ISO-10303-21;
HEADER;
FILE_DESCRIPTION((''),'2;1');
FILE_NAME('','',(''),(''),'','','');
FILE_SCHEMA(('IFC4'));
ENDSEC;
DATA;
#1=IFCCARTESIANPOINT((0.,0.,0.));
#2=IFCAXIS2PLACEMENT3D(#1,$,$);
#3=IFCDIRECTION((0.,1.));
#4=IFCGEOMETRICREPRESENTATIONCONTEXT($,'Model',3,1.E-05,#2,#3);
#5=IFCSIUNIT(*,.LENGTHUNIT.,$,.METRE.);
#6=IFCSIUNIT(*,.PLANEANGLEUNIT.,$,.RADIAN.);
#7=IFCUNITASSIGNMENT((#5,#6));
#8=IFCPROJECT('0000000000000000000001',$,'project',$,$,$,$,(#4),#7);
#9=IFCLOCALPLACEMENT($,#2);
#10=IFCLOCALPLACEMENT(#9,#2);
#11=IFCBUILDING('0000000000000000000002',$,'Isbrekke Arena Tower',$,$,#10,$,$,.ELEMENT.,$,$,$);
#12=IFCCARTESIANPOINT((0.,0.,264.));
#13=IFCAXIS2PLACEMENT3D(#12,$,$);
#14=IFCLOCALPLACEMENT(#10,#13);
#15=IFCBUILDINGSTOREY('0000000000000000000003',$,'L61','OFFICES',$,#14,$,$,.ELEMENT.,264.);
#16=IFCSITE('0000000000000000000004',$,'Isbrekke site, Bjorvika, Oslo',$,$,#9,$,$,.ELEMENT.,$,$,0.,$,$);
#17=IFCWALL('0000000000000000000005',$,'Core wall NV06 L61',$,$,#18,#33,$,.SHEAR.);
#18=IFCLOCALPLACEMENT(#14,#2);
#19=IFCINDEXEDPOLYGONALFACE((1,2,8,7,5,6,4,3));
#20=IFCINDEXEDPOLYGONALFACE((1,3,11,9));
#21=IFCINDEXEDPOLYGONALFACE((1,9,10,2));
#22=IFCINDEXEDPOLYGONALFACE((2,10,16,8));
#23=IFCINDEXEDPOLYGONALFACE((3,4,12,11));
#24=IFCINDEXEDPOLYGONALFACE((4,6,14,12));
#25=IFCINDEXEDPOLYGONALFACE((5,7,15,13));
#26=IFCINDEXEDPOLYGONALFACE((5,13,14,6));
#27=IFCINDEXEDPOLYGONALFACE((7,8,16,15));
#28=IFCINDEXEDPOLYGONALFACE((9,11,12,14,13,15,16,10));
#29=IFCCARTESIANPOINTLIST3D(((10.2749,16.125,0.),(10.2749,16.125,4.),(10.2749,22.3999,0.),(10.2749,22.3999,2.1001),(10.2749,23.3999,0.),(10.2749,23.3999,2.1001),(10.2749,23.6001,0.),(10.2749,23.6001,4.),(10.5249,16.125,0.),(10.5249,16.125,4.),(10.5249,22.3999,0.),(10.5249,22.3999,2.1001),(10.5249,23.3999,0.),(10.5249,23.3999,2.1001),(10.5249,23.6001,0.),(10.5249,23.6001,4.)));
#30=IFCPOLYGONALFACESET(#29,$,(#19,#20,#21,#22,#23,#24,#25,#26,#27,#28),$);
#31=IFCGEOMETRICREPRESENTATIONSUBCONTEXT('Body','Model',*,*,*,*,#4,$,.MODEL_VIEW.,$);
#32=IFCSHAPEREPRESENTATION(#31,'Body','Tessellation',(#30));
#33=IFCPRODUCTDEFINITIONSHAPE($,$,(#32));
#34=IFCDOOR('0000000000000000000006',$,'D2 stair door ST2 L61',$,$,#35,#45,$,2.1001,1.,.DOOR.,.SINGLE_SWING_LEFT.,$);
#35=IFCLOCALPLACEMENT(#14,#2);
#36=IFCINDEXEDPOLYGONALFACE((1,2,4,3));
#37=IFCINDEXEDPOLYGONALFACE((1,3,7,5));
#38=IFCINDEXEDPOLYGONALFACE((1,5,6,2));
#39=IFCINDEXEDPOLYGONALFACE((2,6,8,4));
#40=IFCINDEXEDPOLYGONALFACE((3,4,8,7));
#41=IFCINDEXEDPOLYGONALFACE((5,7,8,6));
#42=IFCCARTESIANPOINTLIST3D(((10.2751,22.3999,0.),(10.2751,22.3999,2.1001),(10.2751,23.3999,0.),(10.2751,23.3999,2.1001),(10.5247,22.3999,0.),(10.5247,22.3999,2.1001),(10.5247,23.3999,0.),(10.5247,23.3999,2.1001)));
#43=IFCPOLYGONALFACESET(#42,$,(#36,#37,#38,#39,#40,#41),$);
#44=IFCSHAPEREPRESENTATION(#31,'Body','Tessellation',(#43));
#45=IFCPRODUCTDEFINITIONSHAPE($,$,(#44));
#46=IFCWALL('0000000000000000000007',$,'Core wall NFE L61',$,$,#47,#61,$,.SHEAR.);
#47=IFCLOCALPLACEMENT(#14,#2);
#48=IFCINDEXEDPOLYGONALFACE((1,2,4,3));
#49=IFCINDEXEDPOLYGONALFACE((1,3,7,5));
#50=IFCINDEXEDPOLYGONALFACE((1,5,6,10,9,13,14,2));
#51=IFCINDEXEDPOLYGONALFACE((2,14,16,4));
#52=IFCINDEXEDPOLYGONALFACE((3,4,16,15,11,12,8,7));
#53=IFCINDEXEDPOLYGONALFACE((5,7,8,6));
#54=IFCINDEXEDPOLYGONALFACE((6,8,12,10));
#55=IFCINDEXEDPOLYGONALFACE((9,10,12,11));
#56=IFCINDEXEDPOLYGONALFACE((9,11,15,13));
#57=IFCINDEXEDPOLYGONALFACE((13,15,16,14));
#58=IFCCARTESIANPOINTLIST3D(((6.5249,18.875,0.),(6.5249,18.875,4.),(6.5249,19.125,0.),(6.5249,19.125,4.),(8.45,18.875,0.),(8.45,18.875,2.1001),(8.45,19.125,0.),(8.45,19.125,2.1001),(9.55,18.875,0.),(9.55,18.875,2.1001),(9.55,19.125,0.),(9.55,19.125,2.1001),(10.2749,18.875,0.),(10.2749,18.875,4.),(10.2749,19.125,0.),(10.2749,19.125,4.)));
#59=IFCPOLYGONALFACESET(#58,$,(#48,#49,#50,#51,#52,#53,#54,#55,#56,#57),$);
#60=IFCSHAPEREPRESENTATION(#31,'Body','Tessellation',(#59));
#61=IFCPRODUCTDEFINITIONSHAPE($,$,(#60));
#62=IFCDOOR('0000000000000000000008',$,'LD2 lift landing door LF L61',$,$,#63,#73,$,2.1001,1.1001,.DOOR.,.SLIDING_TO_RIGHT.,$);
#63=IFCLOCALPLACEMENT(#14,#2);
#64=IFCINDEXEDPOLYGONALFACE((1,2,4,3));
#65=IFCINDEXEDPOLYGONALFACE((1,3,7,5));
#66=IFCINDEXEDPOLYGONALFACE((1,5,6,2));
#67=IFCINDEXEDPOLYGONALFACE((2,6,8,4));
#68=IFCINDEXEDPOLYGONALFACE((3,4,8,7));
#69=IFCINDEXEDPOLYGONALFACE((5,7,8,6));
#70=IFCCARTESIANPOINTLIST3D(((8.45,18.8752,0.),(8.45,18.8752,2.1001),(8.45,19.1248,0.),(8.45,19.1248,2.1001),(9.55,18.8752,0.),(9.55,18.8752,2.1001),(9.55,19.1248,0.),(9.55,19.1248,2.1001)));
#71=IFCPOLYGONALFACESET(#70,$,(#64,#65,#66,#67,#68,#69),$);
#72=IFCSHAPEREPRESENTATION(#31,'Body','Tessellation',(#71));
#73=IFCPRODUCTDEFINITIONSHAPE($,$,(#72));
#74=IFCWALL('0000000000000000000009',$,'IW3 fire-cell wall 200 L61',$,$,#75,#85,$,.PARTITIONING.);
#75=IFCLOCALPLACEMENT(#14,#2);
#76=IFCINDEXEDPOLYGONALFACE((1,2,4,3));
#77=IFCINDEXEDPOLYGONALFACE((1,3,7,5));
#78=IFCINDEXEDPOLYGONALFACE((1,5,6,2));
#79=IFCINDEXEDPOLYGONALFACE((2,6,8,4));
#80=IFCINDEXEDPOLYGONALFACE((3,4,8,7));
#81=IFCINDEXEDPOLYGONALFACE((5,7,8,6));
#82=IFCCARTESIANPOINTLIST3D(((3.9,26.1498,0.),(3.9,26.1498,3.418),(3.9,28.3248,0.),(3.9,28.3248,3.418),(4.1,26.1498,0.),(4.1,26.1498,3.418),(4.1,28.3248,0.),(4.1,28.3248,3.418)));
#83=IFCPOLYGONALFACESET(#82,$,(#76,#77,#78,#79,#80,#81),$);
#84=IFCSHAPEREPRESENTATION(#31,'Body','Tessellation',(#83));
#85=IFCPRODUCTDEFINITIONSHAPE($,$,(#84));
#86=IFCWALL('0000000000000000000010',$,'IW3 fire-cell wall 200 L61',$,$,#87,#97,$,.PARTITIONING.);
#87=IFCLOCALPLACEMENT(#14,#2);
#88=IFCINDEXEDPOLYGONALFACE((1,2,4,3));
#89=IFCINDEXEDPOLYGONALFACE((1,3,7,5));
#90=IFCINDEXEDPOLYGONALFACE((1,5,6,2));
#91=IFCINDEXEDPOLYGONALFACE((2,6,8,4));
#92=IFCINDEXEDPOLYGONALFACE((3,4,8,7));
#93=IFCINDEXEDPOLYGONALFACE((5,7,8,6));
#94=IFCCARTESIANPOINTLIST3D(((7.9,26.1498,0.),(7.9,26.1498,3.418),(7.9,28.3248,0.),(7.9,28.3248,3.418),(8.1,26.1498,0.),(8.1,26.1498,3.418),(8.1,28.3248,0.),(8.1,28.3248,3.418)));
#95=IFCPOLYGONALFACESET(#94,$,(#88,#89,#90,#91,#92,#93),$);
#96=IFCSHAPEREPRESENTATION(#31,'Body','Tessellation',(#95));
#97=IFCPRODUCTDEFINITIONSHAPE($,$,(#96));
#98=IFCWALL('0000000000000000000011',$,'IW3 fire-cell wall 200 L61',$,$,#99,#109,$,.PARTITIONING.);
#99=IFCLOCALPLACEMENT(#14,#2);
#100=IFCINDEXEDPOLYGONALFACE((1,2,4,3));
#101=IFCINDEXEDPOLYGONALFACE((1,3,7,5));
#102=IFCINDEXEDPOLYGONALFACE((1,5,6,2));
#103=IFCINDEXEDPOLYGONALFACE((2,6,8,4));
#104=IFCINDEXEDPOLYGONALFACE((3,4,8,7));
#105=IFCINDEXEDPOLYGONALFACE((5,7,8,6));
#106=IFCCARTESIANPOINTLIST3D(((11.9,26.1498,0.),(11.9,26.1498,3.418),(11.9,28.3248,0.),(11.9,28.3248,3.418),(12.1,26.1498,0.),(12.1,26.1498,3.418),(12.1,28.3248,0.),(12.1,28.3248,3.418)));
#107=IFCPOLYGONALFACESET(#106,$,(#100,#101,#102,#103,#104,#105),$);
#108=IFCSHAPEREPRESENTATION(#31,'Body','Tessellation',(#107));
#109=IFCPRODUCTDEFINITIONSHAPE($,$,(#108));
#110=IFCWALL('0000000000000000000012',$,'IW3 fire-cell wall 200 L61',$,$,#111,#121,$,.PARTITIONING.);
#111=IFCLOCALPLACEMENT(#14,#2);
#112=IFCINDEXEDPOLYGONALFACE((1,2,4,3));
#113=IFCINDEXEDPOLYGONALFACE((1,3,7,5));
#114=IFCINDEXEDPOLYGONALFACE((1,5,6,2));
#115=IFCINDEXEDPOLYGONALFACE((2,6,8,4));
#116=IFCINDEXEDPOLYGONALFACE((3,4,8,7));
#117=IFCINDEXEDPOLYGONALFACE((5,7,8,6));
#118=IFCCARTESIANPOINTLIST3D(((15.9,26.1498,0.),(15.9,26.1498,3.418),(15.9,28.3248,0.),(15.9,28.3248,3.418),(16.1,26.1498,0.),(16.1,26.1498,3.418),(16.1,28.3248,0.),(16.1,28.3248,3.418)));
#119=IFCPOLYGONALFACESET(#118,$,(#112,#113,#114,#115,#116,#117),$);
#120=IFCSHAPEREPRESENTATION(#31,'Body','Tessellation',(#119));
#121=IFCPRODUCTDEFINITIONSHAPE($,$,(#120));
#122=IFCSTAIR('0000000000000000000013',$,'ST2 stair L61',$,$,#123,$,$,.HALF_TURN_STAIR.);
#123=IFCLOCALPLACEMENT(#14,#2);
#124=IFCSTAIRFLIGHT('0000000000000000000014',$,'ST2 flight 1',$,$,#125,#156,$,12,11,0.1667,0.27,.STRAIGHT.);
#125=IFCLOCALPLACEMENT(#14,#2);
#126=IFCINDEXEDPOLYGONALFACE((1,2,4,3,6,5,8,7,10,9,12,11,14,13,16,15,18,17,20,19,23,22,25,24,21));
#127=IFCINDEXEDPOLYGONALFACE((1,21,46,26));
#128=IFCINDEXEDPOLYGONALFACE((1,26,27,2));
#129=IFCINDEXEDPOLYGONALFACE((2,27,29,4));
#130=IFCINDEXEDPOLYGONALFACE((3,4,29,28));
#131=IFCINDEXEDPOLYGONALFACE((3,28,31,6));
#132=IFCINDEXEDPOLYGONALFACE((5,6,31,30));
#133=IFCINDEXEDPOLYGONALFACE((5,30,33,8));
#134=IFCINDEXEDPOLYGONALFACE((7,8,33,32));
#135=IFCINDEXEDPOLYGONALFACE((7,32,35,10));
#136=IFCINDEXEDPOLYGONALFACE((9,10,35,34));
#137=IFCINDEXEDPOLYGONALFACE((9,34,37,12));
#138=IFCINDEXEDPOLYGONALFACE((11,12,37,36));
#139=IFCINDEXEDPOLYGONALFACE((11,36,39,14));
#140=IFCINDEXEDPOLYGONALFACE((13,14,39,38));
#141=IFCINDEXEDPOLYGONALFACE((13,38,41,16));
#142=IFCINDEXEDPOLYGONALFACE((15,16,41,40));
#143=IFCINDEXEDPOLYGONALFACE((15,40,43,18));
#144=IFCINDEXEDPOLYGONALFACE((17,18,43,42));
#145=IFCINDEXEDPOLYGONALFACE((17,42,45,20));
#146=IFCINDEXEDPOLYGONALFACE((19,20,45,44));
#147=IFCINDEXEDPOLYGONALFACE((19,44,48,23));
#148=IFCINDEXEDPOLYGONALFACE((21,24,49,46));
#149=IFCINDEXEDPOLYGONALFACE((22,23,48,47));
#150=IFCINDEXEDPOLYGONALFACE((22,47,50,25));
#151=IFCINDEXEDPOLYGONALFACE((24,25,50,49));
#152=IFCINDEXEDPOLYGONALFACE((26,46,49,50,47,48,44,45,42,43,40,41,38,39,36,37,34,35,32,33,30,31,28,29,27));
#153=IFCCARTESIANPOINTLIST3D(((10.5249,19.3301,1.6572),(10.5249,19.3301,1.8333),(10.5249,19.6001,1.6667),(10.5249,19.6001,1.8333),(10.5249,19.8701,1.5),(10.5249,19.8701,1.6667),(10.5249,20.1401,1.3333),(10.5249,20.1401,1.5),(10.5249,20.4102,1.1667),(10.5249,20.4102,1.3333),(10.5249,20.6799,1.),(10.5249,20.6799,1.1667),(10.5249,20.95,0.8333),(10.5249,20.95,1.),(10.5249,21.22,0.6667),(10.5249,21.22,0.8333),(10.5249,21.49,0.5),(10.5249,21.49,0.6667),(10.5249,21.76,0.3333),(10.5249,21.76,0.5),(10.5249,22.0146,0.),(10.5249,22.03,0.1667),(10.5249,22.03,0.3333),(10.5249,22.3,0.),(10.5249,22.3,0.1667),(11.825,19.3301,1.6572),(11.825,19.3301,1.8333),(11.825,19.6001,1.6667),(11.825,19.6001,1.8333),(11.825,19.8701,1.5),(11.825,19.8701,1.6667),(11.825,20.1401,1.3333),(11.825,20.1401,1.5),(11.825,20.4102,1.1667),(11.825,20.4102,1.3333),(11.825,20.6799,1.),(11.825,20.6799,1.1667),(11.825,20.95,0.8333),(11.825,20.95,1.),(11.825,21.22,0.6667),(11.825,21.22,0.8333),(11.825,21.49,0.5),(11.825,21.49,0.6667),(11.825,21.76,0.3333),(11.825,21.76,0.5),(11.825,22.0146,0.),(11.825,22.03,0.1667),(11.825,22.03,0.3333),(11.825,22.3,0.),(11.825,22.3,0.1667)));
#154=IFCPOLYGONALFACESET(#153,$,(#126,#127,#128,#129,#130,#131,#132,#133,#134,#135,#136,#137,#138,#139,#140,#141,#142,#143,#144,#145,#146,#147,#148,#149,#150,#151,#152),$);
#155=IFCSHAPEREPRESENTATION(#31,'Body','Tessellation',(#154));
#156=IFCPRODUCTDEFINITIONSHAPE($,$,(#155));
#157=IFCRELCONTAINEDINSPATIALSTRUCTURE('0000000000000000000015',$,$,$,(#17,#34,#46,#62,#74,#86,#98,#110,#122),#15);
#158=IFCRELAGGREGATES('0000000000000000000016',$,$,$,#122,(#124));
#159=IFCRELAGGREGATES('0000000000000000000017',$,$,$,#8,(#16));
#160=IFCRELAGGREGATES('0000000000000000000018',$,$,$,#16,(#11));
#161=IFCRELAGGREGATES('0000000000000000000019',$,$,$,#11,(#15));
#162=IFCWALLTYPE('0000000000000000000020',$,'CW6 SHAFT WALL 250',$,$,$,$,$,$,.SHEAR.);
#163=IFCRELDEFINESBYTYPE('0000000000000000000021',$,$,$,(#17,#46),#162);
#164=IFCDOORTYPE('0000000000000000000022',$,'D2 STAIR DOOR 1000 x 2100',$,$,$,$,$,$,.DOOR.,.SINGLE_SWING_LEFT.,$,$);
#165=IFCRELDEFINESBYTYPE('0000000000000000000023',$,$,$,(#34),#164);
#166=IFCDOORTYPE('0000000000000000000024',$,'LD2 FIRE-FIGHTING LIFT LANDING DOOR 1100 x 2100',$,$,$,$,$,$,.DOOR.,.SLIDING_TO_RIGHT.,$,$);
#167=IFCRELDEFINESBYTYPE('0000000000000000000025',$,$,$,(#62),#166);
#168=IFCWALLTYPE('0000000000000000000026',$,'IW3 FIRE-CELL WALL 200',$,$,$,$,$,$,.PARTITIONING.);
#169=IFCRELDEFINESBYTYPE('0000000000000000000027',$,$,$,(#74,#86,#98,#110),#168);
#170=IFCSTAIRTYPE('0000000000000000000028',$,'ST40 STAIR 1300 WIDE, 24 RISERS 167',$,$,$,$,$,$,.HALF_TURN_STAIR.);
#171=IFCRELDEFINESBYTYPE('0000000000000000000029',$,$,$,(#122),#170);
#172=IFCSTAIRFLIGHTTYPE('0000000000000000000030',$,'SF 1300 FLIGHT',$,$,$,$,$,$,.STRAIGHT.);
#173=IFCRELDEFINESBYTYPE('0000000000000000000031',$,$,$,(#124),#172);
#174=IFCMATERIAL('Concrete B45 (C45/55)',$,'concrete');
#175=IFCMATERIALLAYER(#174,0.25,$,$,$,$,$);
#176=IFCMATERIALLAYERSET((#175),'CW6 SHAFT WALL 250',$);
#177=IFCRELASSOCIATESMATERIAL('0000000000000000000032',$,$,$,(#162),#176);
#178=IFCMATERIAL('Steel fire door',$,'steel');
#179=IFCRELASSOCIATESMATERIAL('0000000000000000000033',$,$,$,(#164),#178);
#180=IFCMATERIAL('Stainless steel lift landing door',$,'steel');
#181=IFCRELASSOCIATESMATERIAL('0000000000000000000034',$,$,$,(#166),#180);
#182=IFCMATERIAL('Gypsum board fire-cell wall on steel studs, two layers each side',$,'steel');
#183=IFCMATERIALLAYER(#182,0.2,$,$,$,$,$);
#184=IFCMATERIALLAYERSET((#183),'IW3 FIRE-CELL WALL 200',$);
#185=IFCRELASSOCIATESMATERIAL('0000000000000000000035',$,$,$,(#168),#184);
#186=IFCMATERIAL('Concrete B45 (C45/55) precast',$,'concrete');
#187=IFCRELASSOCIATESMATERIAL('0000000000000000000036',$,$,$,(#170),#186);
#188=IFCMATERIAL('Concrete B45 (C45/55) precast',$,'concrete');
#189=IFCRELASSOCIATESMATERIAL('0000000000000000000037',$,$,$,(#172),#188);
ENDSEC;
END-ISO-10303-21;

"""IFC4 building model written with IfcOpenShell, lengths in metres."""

from ifc_helpers import new_model, si_unit, direction, frame, frame_2d, origin, place, context, subcontext, project, spatial, polyline, rectangle, outline, extrude, material, layer, layer_set, type_object, element, fill, aggregate, save


model = new_model("IFC4")

# Units and contexts
model_context = context("Model", 3, precision=1e-05, world=origin(), true_north=direction((0.0, 1.0)))
body_context = subcontext(model_context, "Body", "Model", "MODEL_VIEW")
ifc_project = project(units=[si_unit("LENGTHUNIT", "METRE"), si_unit("PLANEANGLEUNIT", "RADIAN")], contexts=[model_context])

# Site, building, storey
site_placement = place(None, origin())
site = spatial("IfcSite", under=ifc_project, at=site_placement, Name="Isbrekke site, Bjorvika, Oslo", CompositionType="ELEMENT", RefElevation=0.0)
building_placement = place(site_placement, origin())
building = spatial("IfcBuilding", under=site, at=building_placement, Name="Isbrekke Arena Tower", CompositionType="ELEMENT")
storey_placement = place(building_placement, frame((0.0, 0.0, 264.0)))
storey = spatial("IfcBuildingStorey", under=building, at=storey_placement, Name="L61", Description="OFFICES", CompositionType="ELEMENT", Elevation=264.0)

# Walls, openings, doors
ifc_material_1 = material(Name="Concrete B45 (C45/55)", Category="concrete")
ifc_layer_1 = layer(ifc_material_1, 0.25)
ifc_layer_set_1 = layer_set([ifc_layer_1], Name="CW6 SHAFT WALL 250")
wall_type_1 = type_object("IfcWallType", Name="CW6 SHAFT WALL 250", PredefinedType="SHEAR", material=ifc_layer_set_1)
wall_1_placement = place(storey_placement, frame((10.3999, 16.125, 0.0), z_axis=(0.0, 0.0, 1.0), x_axis=(0.0, 1.0, 0.0)))
wall_1 = element("IfcWall", 1, at=wall_1_placement, inside=storey, type_object=wall_type_1, Name="Core wall NV06 L61", PredefinedType="SHEAR", context=body_context, shape_type="SweptSolid", body=[
    extrude(rectangle(XDim=7.4751, YDim=0.25, at=frame_2d((3.7375, 0.0))), origin(), (0.0, 0.0, 1.0), 4.0),
])
opening_1_placement = place(wall_1_placement, frame((6.2749, 0.0, 0.0)))
opening_1 = element("IfcOpeningElement", 2, at=opening_1_placement, cuts=wall_1, PredefinedType="OPENING", context=body_context, shape_type="SweptSolid", body=[
    extrude(rectangle(XDim=1.0, YDim=2.1001, at=frame_2d((0.5, 1.05))), frame((0.0, 0.1399, 0.0), z_axis=(0.0, -1.0, 0.0), x_axis=(1.0, 0.0, 0.0)), (0.0, 0.0, 1.0), 0.2798),
])
ifc_material_2 = material(Name="Steel fire door", Category="steel")
door_type_1 = type_object("IfcDoorType", Name="D2 STAIR DOOR 1000 x 2100", OperationType="SINGLE_SWING_LEFT", PredefinedType="DOOR", material=ifc_material_2)
door_1_placement = place(opening_1_placement, origin())
door_1 = element("IfcDoor", 3, at=door_1_placement, inside=storey, type_object=door_type_1, Name="D2 stair door ST2 L61", OperationType="SINGLE_SWING_LEFT", OverallHeight=2.1001, OverallWidth=1.0, PredefinedType="DOOR", context=body_context, shape_type="SweptSolid", body=[
    extrude(rectangle(XDim=1.0, YDim=2.1001, at=frame_2d((0.5, 1.05))), frame((0.0, 0.1248, 0.0), z_axis=(0.0, -1.0, 0.0), x_axis=(1.0, 0.0, 0.0)), (0.0, 0.0, 1.0), 0.2495),
])
fill(opening_1, door_1)
wall_2_placement = place(storey_placement, frame((6.5249, 19.0, 0.0), z_axis=(0.0, 0.0, 1.0), x_axis=(1.0, 0.0, 0.0)))
wall_2 = element("IfcWall", 4, at=wall_2_placement, inside=storey, type_object=wall_type_1, Name="Core wall NFE L61", PredefinedType="SHEAR", context=body_context, shape_type="SweptSolid", body=[
    extrude(rectangle(XDim=3.75, YDim=0.25, at=frame_2d((1.875, 0.0))), origin(), (0.0, 0.0, 1.0), 4.0),
])
opening_2_placement = place(wall_2_placement, frame((1.925, 0.0, 0.0)))
opening_2 = element("IfcOpeningElement", 5, at=opening_2_placement, cuts=wall_2, PredefinedType="OPENING", context=body_context, shape_type="SweptSolid", body=[
    extrude(rectangle(XDim=1.1001, YDim=2.1001, at=frame_2d((0.55, 1.05))), frame((0.0, 0.1399, 0.0), z_axis=(0.0, -1.0, 0.0), x_axis=(1.0, 0.0, 0.0)), (0.0, 0.0, 1.0), 0.2798),
])
ifc_material_3 = material(Name="Stainless steel lift landing door", Category="steel")
door_type_2 = type_object("IfcDoorType", Name="LD2 FIRE-FIGHTING LIFT LANDING DOOR 1100 x 2100", OperationType="SLIDING_TO_RIGHT", PredefinedType="DOOR", material=ifc_material_3)
door_2_placement = place(opening_2_placement, origin())
door_2 = element("IfcDoor", 6, at=door_2_placement, inside=storey, type_object=door_type_2, Name="LD2 lift landing door LF L61", OperationType="SLIDING_TO_RIGHT", OverallHeight=2.1001, OverallWidth=1.1001, PredefinedType="DOOR", context=body_context, shape_type="SweptSolid", body=[
    extrude(rectangle(XDim=1.1001, YDim=2.1001, at=frame_2d((0.55, 1.05))), frame((0.0, 0.1248, 0.0), z_axis=(0.0, -1.0, 0.0), x_axis=(1.0, 0.0, 0.0)), (0.0, 0.0, 1.0), 0.2495),
])
fill(opening_2, door_2)

# Walls
ifc_material_4 = material(Name="Gypsum board fire-cell wall on steel studs, two layers each side", Category="steel")
ifc_layer_2 = layer(ifc_material_4, 0.2)
ifc_layer_set_2 = layer_set([ifc_layer_2], Name="IW3 FIRE-CELL WALL 200")
wall_type_2 = type_object("IfcWallType", Name="IW3 FIRE-CELL WALL 200", PredefinedType="PARTITIONING", material=ifc_layer_set_2)
for number, where, z_axis, x_axis, name in (
    (7, (4.0, 26.1499, 0.0), (0.0, 0.0, 1.0), (0.0, 1.0, 0.0), "IW3 fire-cell wall 200 L61"),
    (8, (8.0, 26.1499, 0.0), (0.0, 0.0, 1.0), (0.0, 1.0, 0.0), "IW3 fire-cell wall 200 L61"),
    (9, (12.0, 26.1499, 0.0), (0.0, 0.0, 1.0), (0.0, 1.0, 0.0), "IW3 fire-cell wall 200 L61"),
    (10, (16.0, 26.1499, 0.0), (0.0, 0.0, 1.0), (0.0, 1.0, 0.0), "IW3 fire-cell wall 200 L61"),
):
    element("IfcWall", number, at=place(storey_placement, frame(where, z_axis=z_axis, x_axis=x_axis)), inside=storey, type_object=wall_type_2, Name=name, PredefinedType="PARTITIONING", context=body_context, shape_type="SweptSolid", body=[
        extrude(rectangle(XDim=2.175, YDim=0.2, at=frame_2d((1.0874, 0.0))), origin(), (0.0, 0.0, 1.0), 3.418),
    ])

# Stair, stair flight
ifc_material_5 = material(Name="Concrete B45 (C45/55) precast", Category="concrete")
stair_type = type_object("IfcStairType", Name="ST40 STAIR 1300 WIDE, 24 RISERS 167", PredefinedType="HALF_TURN_STAIR", material=ifc_material_5)
stair_placement = place(storey_placement, origin())
stair = element("IfcStair", 11, at=stair_placement, inside=storey, type_object=stair_type, Name="ST2 stair L61", PredefinedType="HALF_TURN_STAIR")
ifc_material_6 = material(Name="Concrete B45 (C45/55) precast", Category="concrete")
stair_flight_type = type_object("IfcStairFlightType", Name="SF 1300 FLIGHT", PredefinedType="STRAIGHT", material=ifc_material_6)
stair_flight_1_placement = place(storey_placement, frame((11.175, 22.3, 0.0), z_axis=(0.0, 0.0, 1.0), x_axis=(0.0, -1.0, 0.0)))
stair_flight_1 = element("IfcStairFlight", 12, at=stair_flight_1_placement, type_object=stair_flight_type, Name="ST2 flight 1", NumberOfRisers=12, NumberOfTreads=11, PredefinedType="STRAIGHT", RiserHeight=0.1667, TreadLength=0.27, context=body_context, shape_type="SweptSolid", body=[
    extrude(outline(polyline([(0.0, 0.0), (0.0, 0.1667), (0.27, 0.1667), (0.27, 0.3333), (0.54, 0.3333), (0.54, 0.5), (0.8101, 0.5), (0.8101, 0.6667), (1.0801, 0.6667), (1.0801, 0.8333), (1.3501, 0.8333), (1.3501, 1.0), (1.6201, 1.0), (1.6201, 1.1667), (1.8899, 1.1667), (1.8899, 1.3333), (2.1599, 1.3333), (2.1599, 1.5), (2.4299, 1.5), (2.4299, 1.6667), (2.7, 1.6667), (2.7, 1.8333), (2.97, 1.8333), (2.97, 2.0), (2.97, 1.6572), (0.2854, 0.0), (0.0, 0.0)])), frame((0.0, 0.6499, 0.0), z_axis=(0.0, -1.0, 0.0), x_axis=(1.0, 0.0, 0.0)), (0.0, 0.0, 1.0), 1.3),
])
aggregate(stair, [stair_flight_1])

save(model, "model.ifc")
